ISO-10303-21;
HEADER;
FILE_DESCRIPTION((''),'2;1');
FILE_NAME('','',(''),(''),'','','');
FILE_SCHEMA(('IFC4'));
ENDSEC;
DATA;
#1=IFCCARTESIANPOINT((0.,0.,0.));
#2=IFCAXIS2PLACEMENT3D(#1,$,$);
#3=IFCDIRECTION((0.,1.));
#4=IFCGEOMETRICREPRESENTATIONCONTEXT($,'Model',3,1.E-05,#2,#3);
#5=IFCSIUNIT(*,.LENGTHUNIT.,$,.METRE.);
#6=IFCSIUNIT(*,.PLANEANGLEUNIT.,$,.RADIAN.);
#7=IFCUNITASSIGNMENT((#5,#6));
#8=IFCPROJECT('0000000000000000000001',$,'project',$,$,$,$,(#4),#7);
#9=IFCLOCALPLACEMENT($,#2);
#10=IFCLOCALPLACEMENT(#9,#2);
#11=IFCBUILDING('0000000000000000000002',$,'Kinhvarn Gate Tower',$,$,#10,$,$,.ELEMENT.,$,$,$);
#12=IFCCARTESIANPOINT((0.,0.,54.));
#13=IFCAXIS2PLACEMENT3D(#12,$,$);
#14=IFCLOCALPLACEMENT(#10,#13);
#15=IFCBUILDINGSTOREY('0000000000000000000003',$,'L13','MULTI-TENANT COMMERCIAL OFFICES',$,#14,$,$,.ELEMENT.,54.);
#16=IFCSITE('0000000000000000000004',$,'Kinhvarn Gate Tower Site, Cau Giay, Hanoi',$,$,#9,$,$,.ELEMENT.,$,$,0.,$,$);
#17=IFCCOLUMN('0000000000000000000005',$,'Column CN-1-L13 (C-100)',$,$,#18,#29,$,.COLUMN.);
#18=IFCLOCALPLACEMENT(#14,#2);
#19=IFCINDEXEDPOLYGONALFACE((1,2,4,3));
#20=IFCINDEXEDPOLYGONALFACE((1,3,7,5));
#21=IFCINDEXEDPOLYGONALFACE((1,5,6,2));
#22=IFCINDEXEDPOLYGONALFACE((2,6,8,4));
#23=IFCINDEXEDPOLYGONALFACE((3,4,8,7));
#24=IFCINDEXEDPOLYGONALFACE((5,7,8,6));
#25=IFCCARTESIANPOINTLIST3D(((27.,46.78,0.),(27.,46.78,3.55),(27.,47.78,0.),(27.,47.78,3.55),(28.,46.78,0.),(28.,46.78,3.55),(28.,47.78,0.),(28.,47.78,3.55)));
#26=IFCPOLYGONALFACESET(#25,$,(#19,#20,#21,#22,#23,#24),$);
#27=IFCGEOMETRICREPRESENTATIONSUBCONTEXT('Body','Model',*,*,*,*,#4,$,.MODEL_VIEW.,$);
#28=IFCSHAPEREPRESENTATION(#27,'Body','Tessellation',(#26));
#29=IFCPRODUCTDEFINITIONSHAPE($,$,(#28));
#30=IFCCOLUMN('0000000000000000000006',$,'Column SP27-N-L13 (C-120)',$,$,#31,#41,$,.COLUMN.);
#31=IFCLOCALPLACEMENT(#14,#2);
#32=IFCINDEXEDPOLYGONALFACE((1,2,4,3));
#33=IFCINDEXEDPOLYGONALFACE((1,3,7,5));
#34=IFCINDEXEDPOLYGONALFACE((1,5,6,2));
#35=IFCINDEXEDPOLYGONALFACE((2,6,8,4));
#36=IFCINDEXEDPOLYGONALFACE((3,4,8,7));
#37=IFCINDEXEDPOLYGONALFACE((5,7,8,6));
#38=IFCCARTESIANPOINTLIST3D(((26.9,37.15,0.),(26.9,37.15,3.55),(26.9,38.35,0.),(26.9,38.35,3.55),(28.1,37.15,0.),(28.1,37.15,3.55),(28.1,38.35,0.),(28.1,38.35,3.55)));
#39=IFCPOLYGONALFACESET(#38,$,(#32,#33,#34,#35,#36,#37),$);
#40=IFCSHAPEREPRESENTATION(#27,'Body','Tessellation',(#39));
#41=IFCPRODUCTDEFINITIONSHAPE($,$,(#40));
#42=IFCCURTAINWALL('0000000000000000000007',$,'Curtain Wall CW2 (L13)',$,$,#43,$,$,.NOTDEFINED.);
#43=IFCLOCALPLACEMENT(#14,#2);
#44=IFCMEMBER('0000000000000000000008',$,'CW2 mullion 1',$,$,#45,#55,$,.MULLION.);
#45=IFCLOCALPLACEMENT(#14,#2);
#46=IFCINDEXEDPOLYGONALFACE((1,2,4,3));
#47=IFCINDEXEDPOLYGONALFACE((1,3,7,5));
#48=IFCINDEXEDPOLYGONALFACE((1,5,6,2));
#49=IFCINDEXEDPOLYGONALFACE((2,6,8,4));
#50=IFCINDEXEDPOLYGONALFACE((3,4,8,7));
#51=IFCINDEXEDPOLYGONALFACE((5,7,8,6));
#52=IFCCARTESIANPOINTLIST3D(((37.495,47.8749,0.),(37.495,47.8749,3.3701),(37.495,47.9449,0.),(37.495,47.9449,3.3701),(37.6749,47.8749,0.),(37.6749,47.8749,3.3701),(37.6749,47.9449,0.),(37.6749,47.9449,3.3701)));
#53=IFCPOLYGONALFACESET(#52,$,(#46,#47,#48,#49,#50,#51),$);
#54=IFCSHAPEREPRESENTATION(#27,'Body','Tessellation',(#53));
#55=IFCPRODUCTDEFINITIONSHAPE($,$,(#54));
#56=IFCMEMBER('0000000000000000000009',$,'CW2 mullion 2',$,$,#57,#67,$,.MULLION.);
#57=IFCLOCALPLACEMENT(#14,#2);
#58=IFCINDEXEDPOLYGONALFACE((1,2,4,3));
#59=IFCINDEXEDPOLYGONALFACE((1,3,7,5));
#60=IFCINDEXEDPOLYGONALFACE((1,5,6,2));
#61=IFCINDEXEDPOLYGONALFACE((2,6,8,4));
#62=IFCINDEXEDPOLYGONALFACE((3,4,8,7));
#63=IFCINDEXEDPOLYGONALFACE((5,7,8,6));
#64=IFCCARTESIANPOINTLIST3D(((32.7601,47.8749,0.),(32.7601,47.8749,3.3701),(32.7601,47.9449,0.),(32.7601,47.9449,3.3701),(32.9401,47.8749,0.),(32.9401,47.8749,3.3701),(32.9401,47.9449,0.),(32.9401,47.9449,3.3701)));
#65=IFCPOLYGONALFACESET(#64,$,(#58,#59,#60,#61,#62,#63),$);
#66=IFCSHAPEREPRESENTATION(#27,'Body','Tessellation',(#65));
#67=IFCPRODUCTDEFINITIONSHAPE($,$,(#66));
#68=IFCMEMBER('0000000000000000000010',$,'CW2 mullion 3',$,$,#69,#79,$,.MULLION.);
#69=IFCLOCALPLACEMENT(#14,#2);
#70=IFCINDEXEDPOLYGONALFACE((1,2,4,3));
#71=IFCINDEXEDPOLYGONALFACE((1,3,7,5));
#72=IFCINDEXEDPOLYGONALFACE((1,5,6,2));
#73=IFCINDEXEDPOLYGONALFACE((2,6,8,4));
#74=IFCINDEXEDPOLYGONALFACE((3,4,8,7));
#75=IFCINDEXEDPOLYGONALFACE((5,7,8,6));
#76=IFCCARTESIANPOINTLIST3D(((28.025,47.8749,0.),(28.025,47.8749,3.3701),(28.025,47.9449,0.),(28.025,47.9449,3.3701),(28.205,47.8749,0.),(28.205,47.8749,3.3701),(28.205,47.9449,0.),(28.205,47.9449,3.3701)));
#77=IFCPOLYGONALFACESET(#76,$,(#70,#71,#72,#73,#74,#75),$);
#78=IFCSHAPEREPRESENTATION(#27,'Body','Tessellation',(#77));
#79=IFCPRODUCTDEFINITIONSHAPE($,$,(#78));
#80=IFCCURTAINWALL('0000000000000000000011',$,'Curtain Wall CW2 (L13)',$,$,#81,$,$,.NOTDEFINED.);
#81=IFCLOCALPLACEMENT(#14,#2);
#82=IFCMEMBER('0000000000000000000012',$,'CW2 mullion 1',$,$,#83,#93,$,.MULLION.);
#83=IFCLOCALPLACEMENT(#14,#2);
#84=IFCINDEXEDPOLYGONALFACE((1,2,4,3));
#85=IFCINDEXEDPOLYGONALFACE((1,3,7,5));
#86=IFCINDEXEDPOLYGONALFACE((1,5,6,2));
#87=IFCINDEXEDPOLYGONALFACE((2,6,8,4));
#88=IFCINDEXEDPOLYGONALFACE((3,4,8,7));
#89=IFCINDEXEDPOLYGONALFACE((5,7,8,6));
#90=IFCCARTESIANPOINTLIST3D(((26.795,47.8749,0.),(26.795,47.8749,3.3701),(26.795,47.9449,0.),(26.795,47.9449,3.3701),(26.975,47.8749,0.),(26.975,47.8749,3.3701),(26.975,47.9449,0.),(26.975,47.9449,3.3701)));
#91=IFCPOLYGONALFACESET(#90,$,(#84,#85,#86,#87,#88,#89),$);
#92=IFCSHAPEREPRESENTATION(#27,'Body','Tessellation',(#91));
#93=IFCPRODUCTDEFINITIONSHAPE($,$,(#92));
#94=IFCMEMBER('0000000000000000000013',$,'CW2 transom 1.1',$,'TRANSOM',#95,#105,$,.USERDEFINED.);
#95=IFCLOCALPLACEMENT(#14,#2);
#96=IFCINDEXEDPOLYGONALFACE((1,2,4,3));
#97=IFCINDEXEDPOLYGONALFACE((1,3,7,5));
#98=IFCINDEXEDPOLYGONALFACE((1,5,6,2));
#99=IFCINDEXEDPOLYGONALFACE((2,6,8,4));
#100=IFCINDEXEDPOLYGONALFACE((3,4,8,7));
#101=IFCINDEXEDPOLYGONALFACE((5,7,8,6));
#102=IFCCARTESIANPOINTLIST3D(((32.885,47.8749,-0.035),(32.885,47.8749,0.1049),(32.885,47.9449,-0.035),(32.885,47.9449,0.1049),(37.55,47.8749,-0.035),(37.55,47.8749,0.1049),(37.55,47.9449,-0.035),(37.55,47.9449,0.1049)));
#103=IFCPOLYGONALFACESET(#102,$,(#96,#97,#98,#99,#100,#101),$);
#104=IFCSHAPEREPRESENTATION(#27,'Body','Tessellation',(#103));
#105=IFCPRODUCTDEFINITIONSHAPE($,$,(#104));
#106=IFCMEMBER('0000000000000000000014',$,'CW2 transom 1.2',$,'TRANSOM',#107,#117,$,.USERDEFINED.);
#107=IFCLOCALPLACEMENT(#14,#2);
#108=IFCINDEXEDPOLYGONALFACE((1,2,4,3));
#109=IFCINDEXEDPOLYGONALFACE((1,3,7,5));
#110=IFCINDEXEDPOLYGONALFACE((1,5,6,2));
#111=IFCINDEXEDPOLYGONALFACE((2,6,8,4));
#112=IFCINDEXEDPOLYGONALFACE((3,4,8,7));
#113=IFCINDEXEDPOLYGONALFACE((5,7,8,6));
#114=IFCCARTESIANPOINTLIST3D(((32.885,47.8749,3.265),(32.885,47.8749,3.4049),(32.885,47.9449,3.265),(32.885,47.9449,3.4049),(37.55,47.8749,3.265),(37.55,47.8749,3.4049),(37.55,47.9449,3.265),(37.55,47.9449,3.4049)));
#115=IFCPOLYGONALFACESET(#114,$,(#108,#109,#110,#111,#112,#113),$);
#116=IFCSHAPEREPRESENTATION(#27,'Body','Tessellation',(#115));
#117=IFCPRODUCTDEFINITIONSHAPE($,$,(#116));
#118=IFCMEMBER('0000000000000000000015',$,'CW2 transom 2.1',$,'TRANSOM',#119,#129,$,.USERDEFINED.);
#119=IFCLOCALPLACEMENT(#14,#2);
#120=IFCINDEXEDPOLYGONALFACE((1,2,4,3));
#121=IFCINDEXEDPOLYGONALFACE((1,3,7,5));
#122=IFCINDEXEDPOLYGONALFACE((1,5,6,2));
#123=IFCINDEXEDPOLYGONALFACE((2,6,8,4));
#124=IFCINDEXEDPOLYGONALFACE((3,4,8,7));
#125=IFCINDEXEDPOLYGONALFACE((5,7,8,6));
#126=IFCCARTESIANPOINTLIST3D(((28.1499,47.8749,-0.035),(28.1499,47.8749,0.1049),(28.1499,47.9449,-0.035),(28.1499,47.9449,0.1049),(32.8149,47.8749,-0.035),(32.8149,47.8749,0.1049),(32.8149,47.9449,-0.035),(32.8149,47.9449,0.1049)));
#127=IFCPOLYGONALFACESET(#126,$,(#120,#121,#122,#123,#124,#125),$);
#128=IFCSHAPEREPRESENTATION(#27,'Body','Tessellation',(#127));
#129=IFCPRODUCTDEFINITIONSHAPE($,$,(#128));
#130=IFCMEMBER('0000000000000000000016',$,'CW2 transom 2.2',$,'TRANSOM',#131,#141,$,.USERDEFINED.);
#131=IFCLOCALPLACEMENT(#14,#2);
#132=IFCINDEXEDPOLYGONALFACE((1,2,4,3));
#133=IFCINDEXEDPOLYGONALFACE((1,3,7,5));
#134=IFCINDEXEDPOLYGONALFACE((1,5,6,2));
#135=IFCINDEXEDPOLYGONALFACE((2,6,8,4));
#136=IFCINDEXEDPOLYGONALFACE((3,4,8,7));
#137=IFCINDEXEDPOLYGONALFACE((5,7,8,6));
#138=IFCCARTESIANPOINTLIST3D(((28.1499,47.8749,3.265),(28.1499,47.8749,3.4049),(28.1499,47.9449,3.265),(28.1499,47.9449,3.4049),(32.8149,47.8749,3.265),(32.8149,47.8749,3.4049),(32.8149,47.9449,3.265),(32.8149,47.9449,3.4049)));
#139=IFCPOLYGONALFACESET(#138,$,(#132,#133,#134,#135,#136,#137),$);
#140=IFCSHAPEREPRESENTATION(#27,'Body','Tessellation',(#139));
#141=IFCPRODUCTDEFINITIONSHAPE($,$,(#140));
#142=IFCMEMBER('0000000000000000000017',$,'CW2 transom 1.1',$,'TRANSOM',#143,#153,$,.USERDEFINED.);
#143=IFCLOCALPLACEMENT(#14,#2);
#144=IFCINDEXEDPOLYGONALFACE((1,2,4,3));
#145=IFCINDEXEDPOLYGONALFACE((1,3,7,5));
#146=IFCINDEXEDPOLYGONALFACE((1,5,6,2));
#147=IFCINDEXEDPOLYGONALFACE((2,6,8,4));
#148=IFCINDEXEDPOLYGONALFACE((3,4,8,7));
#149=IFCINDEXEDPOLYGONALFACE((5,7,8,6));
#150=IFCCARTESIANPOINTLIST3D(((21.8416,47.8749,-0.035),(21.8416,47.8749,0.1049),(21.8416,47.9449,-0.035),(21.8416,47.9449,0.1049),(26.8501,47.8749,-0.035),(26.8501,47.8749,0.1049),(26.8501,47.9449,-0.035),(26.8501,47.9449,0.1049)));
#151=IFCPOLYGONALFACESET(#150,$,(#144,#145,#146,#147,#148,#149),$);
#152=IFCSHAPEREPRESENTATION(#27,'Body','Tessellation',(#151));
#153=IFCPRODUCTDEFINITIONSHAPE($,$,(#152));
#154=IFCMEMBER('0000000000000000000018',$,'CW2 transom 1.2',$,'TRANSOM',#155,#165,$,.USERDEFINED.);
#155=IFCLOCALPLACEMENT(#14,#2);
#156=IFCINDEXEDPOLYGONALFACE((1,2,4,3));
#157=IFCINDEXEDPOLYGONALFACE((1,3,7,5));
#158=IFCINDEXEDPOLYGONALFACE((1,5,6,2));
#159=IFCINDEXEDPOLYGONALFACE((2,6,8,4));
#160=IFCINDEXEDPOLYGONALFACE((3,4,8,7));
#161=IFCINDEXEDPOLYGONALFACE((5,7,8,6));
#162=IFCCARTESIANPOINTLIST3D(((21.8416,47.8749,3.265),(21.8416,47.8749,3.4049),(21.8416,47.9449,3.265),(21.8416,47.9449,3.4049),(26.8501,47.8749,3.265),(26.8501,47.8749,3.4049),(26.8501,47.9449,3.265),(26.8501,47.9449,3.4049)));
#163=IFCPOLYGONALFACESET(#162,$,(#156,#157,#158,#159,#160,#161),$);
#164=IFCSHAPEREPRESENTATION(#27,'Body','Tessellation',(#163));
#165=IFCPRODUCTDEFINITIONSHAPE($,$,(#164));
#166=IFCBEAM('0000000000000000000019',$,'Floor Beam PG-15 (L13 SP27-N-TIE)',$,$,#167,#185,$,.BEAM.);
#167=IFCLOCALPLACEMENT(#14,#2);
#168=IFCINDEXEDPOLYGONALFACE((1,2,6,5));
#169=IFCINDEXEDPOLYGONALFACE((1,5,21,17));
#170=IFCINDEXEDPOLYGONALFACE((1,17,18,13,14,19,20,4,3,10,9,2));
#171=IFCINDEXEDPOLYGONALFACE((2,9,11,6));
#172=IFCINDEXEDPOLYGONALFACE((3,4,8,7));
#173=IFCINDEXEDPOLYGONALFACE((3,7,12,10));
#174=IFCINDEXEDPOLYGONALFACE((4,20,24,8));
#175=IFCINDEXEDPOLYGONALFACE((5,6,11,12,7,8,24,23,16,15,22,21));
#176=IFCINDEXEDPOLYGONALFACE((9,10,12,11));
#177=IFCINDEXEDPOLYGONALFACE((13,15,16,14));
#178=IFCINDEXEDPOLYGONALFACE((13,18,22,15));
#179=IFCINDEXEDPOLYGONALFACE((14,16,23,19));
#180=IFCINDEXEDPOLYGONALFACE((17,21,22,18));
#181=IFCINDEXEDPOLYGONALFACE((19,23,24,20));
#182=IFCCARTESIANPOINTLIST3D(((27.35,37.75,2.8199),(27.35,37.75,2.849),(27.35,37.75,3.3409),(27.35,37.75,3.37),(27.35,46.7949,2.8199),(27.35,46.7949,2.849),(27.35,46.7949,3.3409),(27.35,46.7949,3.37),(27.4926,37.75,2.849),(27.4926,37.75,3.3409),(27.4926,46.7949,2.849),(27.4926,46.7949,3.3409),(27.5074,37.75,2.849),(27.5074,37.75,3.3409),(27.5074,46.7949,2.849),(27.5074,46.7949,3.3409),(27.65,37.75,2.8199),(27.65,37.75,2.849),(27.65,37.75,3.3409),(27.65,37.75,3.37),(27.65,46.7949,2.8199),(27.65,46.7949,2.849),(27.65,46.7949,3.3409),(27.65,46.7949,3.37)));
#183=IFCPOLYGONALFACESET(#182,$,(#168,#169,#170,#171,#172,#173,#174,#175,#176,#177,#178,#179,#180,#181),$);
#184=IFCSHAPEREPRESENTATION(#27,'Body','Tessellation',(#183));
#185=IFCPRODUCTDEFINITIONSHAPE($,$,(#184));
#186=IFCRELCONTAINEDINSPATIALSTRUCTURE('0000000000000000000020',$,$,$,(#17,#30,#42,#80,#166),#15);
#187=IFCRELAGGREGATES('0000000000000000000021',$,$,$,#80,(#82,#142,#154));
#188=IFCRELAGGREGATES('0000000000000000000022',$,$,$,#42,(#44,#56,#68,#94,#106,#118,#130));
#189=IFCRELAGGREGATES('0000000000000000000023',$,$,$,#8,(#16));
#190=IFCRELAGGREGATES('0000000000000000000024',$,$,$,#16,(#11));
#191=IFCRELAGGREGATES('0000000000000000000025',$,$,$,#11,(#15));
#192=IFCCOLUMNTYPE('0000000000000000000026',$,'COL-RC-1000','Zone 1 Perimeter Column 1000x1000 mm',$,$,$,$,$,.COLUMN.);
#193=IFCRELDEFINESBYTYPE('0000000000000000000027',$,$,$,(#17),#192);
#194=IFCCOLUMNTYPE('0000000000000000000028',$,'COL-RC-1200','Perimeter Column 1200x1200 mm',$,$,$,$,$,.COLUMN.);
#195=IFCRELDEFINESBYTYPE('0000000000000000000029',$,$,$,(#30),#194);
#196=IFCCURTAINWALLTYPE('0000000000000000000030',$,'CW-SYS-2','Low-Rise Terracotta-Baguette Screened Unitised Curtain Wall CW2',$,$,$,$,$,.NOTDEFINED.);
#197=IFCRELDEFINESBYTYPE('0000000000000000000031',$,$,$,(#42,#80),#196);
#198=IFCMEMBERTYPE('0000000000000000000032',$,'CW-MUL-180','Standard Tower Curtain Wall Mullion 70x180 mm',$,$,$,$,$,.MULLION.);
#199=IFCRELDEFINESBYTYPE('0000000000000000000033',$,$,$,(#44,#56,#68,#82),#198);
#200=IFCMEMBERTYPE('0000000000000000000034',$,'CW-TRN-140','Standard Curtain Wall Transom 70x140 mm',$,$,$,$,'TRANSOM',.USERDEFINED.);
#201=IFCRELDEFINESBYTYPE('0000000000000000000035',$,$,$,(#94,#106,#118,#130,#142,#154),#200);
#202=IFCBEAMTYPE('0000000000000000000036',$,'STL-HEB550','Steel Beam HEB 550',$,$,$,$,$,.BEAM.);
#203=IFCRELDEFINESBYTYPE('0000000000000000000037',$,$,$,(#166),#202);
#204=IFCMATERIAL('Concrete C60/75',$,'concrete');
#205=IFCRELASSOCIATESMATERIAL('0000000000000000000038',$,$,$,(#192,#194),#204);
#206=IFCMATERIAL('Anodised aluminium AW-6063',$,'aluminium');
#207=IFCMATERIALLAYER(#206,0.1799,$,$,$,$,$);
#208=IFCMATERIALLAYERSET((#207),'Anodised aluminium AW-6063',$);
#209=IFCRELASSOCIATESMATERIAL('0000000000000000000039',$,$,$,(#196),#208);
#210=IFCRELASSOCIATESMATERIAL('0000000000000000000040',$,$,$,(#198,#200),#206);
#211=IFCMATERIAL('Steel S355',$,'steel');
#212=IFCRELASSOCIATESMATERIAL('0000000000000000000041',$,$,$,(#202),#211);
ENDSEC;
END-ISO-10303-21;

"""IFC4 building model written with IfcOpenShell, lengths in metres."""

from ifc_helpers import new_model, si_unit, direction, frame, origin, origin_2d, place, context, subcontext, project, spatial, rectangle, i_section, extrude, material, layer, layer_set, material_profile, profile_set, type_object, element, aggregate, save


model = new_model("IFC4")

# Units and contexts
model_context = context("Model", 3, precision=1e-05, world=origin(), true_north=direction((0.0, 1.0)))
body_context = subcontext(model_context, "Body", "Model", "MODEL_VIEW")
ifc_project = project(units=[si_unit("LENGTHUNIT", "METRE"), si_unit("PLANEANGLEUNIT", "RADIAN")], contexts=[model_context])

# Site, building, storey
site_placement = place(None, origin())
site = spatial("IfcSite", under=ifc_project, at=site_placement, Name="Kinhvarn Gate Tower Site, Cau Giay, Hanoi", CompositionType="ELEMENT", RefElevation=0.0)
building_placement = place(site_placement, origin())
building = spatial("IfcBuilding", under=site, at=building_placement, Name="Kinhvarn Gate Tower", CompositionType="ELEMENT")
storey_placement = place(building_placement, frame((0.0, 0.0, 54.0)))
storey = spatial("IfcBuildingStorey", under=building, at=storey_placement, Name="L13", Description="MULTI-TENANT COMMERCIAL OFFICES", CompositionType="ELEMENT", Elevation=54.0)

# Columns
ifc_material_1 = material(Name="Concrete C60/75", Category="concrete")
ifc_material_profile_1 = material_profile(ifc_material_1, rectangle(XDim=1.0, YDim=1.0, at=origin_2d()), Name="RC 1000x1000")
ifc_profile_set_1 = profile_set([ifc_material_profile_1], Name="Concrete C60/75")
column_type_1 = type_object("IfcColumnType", Name="COL-RC-1000", Description="Zone 1 Perimeter Column 1000x1000 mm", PredefinedType="COLUMN", material=ifc_profile_set_1)
column_1_placement = place(storey_placement, frame((27.5, 47.28, 0.0), z_axis=(0.0, 0.0, 1.0), x_axis=(1.0, 0.0, 0.0)))
element("IfcColumn", 1, at=column_1_placement, inside=storey, type_object=column_type_1, Name="Column CN-1-L13 (C-100)", PredefinedType="COLUMN", context=body_context, shape_type="SweptSolid", body=[
    extrude(rectangle(XDim=1.0, YDim=1.0, at=origin_2d()), origin(), (0.0, 0.0, 1.0), 3.55),
])
ifc_material_profile_2 = material_profile(ifc_material_1, rectangle(XDim=1.2, YDim=1.2, at=origin_2d()), Name="RC 1200x1200")
ifc_profile_set_2 = profile_set([ifc_material_profile_2], Name="Concrete C60/75")
column_type_2 = type_object("IfcColumnType", Name="COL-RC-1200", Description="Perimeter Column 1200x1200 mm", PredefinedType="COLUMN", material=ifc_profile_set_2)
column_2_placement = place(storey_placement, frame((27.5, 37.75, 0.0), z_axis=(0.0, 0.0, 1.0), x_axis=(1.0, 0.0, 0.0)))
element("IfcColumn", 2, at=column_2_placement, inside=storey, type_object=column_type_2, Name="Column SP27-N-L13 (C-120)", PredefinedType="COLUMN", context=body_context, shape_type="SweptSolid", body=[
    extrude(rectangle(XDim=1.2, YDim=1.2, at=origin_2d()), origin(), (0.0, 0.0, 1.0), 3.55),
])

# Curtain wall, members
ifc_material_2 = material(Name="Anodised aluminium AW-6063", Category="aluminium")
ifc_layer_1 = layer(ifc_material_2, 0.1799)
ifc_layer_set_1 = layer_set([ifc_layer_1], Name="Anodised aluminium AW-6063")
curtain_wall_type = type_object("IfcCurtainWallType", Name="CW-SYS-2", Description="Low-Rise Terracotta-Baguette Screened Unitised Curtain Wall CW2", PredefinedType="NOTDEFINED", material=ifc_layer_set_1)
curtain_wall_1_placement = place(storey_placement, origin())
curtain_wall_1 = element("IfcCurtainWall", 3, at=curtain_wall_1_placement, inside=storey, type_object=curtain_wall_type, Name="Curtain Wall CW2 (L13)", PredefinedType="NOTDEFINED")
ifc_material_profile_3 = material_profile(ifc_material_2, rectangle(XDim=0.0701, YDim=0.1799, at=origin_2d()), Name="ALU 70x180")
ifc_profile_set_3 = profile_set([ifc_material_profile_3], Name="Anodised aluminium AW-6063")
member_type_1 = type_object("IfcMemberType", Name="CW-MUL-180", Description="Standard Tower Curtain Wall Mullion 70x180 mm", PredefinedType="MULLION", material=ifc_profile_set_3)
member_1_placement = place(storey_placement, frame((37.585, 47.9099, 0.0), z_axis=(0.0, 0.0, 1.0), x_axis=(0.0, -1.0, 0.0)))
member_1 = element("IfcMember", 4, at=member_1_placement, type_object=member_type_1, Name="CW2 mullion 1", PredefinedType="MULLION", context=body_context, shape_type="SweptSolid", body=[
    extrude(rectangle(XDim=0.0701, YDim=0.1799, at=origin_2d()), origin(), (0.0, 0.0, 1.0), 3.3701),
])
member_2_placement = place(storey_placement, frame((32.8501, 47.9099, 0.0), z_axis=(0.0, 0.0, 1.0), x_axis=(0.0, -1.0, 0.0)))
member_2 = element("IfcMember", 5, at=member_2_placement, type_object=member_type_1, Name="CW2 mullion 2", PredefinedType="MULLION", context=body_context, shape_type="SweptSolid", body=[
    extrude(rectangle(XDim=0.0701, YDim=0.1799, at=origin_2d()), origin(), (0.0, 0.0, 1.0), 3.3701),
])
member_3_placement = place(storey_placement, frame((28.115, 47.9099, 0.0), z_axis=(0.0, 0.0, 1.0), x_axis=(0.0, -1.0, 0.0)))
member_3 = element("IfcMember", 6, at=member_3_placement, type_object=member_type_1, Name="CW2 mullion 3", PredefinedType="MULLION", context=body_context, shape_type="SweptSolid", body=[
    extrude(rectangle(XDim=0.0701, YDim=0.1799, at=origin_2d()), origin(), (0.0, 0.0, 1.0), 3.3701),
])

# Curtain wall, member
curtain_wall_2_placement = place(storey_placement, origin())
curtain_wall_2 = element("IfcCurtainWall", 7, at=curtain_wall_2_placement, inside=storey, type_object=curtain_wall_type, Name="Curtain Wall CW2 (L13)", PredefinedType="NOTDEFINED")
member_4_placement = place(storey_placement, frame((26.885, 47.9099, 0.0), z_axis=(0.0, 0.0, 1.0), x_axis=(0.0, -1.0, 0.0)))
member_4 = element("IfcMember", 8, at=member_4_placement, type_object=member_type_1, Name="CW2 mullion 1", PredefinedType="MULLION", context=body_context, shape_type="SweptSolid", body=[
    extrude(rectangle(XDim=0.0701, YDim=0.1799, at=origin_2d()), origin(), (0.0, 0.0, 1.0), 3.3701),
])

# Members
ifc_material_profile_4 = material_profile(ifc_material_2, rectangle(XDim=0.0701, YDim=0.1399, at=origin_2d()), Name="ALU 70x140")
ifc_profile_set_4 = profile_set([ifc_material_profile_4], Name="Anodised aluminium AW-6063")
member_type_2 = type_object("IfcMemberType", Name="CW-TRN-140", Description="Standard Curtain Wall Transom 70x140 mm", ElementType="TRANSOM", PredefinedType="USERDEFINED", material=ifc_profile_set_4)
member_5_placement = place(storey_placement, frame((37.55, 47.9099, 0.0349), z_axis=(-1.0, 0.0, 0.0), x_axis=(0.0, -1.0, 0.0)))
member_5 = element("IfcMember", 9, at=member_5_placement, type_object=member_type_2, Name="CW2 transom 1.1", ObjectType="TRANSOM", PredefinedType="USERDEFINED", context=body_context, shape_type="SweptSolid", body=[
    extrude(rectangle(XDim=0.0701, YDim=0.1399, at=origin_2d()), origin(), (0.0, 0.0, 1.0), 4.665),
])
member_6_placement = place(storey_placement, frame((37.55, 47.9099, 3.335), z_axis=(-1.0, 0.0, 0.0), x_axis=(0.0, -1.0, 0.0)))
member_6 = element("IfcMember", 10, at=member_6_placement, type_object=member_type_2, Name="CW2 transom 1.2", ObjectType="TRANSOM", PredefinedType="USERDEFINED", context=body_context, shape_type="SweptSolid", body=[
    extrude(rectangle(XDim=0.0701, YDim=0.1399, at=origin_2d()), origin(), (0.0, 0.0, 1.0), 4.665),
])
member_7_placement = place(storey_placement, frame((32.8149, 47.9099, 0.0349), z_axis=(-1.0, 0.0, 0.0), x_axis=(0.0, -1.0, 0.0)))
member_7 = element("IfcMember", 11, at=member_7_placement, type_object=member_type_2, Name="CW2 transom 2.1", ObjectType="TRANSOM", PredefinedType="USERDEFINED", context=body_context, shape_type="SweptSolid", body=[
    extrude(rectangle(XDim=0.0701, YDim=0.1399, at=origin_2d()), origin(), (0.0, 0.0, 1.0), 4.665),
])
member_8_placement = place(storey_placement, frame((32.8149, 47.9099, 3.335), z_axis=(-1.0, 0.0, 0.0), x_axis=(0.0, -1.0, 0.0)))
member_8 = element("IfcMember", 12, at=member_8_placement, type_object=member_type_2, Name="CW2 transom 2.2", ObjectType="TRANSOM", PredefinedType="USERDEFINED", context=body_context, shape_type="SweptSolid", body=[
    extrude(rectangle(XDim=0.0701, YDim=0.1399, at=origin_2d()), origin(), (0.0, 0.0, 1.0), 4.665),
])
member_9_placement = place(storey_placement, frame((26.8501, 47.9099, 0.0349), z_axis=(-1.0, 0.0, 0.0), x_axis=(0.0, -1.0, 0.0)))
member_9 = element("IfcMember", 13, at=member_9_placement, type_object=member_type_2, Name="CW2 transom 1.1", ObjectType="TRANSOM", PredefinedType="USERDEFINED", context=body_context, shape_type="SweptSolid", body=[
    extrude(rectangle(XDim=0.0701, YDim=0.1399, at=origin_2d()), origin(), (0.0, 0.0, 1.0), 5.0085),
])
member_10_placement = place(storey_placement, frame((26.8501, 47.9099, 3.335), z_axis=(-1.0, 0.0, 0.0), x_axis=(0.0, -1.0, 0.0)))
member_10 = element("IfcMember", 14, at=member_10_placement, type_object=member_type_2, Name="CW2 transom 1.2", ObjectType="TRANSOM", PredefinedType="USERDEFINED", context=body_context, shape_type="SweptSolid", body=[
    extrude(rectangle(XDim=0.0701, YDim=0.1399, at=origin_2d()), origin(), (0.0, 0.0, 1.0), 5.0085),
])
aggregate(curtain_wall_2, [member_4, member_9, member_10])

# Beam
ifc_material_3 = material(Name="Steel S355", Category="steel")
ifc_material_profile_5 = material_profile(ifc_material_3, i_section(OverallWidth=0.3, OverallDepth=0.55, WebThickness=0.0149, FlangeThickness=0.0291, at=origin_2d()), Name="HEB 550")
ifc_profile_set_5 = profile_set([ifc_material_profile_5], Name="Steel S355")
beam_type_1 = type_object("IfcBeamType", Name="STL-HEB550", Description="Steel Beam HEB 550", PredefinedType="BEAM", material=ifc_profile_set_5)
beam_1_placement = place(storey_placement, frame((27.5, 37.75, 3.095), z_axis=(0.0, 1.0, 0.0), x_axis=(-1.0, 0.0, 0.0)))
element("IfcBeam", 15, at=beam_1_placement, inside=storey, type_object=beam_type_1, Name="Floor Beam PG-15 (L13 SP27-N-TIE)", PredefinedType="BEAM", context=body_context, shape_type="SweptSolid", body=[
    extrude(i_section(OverallWidth=0.3, OverallDepth=0.55, WebThickness=0.0149, FlangeThickness=0.0291, at=origin_2d()), origin(), (0.0, 0.0, 1.0), 9.0449),
])

aggregate(curtain_wall_1, [member_1, member_2, member_3, member_5, member_6, member_7, member_8])

save(model, "model.ifc")
